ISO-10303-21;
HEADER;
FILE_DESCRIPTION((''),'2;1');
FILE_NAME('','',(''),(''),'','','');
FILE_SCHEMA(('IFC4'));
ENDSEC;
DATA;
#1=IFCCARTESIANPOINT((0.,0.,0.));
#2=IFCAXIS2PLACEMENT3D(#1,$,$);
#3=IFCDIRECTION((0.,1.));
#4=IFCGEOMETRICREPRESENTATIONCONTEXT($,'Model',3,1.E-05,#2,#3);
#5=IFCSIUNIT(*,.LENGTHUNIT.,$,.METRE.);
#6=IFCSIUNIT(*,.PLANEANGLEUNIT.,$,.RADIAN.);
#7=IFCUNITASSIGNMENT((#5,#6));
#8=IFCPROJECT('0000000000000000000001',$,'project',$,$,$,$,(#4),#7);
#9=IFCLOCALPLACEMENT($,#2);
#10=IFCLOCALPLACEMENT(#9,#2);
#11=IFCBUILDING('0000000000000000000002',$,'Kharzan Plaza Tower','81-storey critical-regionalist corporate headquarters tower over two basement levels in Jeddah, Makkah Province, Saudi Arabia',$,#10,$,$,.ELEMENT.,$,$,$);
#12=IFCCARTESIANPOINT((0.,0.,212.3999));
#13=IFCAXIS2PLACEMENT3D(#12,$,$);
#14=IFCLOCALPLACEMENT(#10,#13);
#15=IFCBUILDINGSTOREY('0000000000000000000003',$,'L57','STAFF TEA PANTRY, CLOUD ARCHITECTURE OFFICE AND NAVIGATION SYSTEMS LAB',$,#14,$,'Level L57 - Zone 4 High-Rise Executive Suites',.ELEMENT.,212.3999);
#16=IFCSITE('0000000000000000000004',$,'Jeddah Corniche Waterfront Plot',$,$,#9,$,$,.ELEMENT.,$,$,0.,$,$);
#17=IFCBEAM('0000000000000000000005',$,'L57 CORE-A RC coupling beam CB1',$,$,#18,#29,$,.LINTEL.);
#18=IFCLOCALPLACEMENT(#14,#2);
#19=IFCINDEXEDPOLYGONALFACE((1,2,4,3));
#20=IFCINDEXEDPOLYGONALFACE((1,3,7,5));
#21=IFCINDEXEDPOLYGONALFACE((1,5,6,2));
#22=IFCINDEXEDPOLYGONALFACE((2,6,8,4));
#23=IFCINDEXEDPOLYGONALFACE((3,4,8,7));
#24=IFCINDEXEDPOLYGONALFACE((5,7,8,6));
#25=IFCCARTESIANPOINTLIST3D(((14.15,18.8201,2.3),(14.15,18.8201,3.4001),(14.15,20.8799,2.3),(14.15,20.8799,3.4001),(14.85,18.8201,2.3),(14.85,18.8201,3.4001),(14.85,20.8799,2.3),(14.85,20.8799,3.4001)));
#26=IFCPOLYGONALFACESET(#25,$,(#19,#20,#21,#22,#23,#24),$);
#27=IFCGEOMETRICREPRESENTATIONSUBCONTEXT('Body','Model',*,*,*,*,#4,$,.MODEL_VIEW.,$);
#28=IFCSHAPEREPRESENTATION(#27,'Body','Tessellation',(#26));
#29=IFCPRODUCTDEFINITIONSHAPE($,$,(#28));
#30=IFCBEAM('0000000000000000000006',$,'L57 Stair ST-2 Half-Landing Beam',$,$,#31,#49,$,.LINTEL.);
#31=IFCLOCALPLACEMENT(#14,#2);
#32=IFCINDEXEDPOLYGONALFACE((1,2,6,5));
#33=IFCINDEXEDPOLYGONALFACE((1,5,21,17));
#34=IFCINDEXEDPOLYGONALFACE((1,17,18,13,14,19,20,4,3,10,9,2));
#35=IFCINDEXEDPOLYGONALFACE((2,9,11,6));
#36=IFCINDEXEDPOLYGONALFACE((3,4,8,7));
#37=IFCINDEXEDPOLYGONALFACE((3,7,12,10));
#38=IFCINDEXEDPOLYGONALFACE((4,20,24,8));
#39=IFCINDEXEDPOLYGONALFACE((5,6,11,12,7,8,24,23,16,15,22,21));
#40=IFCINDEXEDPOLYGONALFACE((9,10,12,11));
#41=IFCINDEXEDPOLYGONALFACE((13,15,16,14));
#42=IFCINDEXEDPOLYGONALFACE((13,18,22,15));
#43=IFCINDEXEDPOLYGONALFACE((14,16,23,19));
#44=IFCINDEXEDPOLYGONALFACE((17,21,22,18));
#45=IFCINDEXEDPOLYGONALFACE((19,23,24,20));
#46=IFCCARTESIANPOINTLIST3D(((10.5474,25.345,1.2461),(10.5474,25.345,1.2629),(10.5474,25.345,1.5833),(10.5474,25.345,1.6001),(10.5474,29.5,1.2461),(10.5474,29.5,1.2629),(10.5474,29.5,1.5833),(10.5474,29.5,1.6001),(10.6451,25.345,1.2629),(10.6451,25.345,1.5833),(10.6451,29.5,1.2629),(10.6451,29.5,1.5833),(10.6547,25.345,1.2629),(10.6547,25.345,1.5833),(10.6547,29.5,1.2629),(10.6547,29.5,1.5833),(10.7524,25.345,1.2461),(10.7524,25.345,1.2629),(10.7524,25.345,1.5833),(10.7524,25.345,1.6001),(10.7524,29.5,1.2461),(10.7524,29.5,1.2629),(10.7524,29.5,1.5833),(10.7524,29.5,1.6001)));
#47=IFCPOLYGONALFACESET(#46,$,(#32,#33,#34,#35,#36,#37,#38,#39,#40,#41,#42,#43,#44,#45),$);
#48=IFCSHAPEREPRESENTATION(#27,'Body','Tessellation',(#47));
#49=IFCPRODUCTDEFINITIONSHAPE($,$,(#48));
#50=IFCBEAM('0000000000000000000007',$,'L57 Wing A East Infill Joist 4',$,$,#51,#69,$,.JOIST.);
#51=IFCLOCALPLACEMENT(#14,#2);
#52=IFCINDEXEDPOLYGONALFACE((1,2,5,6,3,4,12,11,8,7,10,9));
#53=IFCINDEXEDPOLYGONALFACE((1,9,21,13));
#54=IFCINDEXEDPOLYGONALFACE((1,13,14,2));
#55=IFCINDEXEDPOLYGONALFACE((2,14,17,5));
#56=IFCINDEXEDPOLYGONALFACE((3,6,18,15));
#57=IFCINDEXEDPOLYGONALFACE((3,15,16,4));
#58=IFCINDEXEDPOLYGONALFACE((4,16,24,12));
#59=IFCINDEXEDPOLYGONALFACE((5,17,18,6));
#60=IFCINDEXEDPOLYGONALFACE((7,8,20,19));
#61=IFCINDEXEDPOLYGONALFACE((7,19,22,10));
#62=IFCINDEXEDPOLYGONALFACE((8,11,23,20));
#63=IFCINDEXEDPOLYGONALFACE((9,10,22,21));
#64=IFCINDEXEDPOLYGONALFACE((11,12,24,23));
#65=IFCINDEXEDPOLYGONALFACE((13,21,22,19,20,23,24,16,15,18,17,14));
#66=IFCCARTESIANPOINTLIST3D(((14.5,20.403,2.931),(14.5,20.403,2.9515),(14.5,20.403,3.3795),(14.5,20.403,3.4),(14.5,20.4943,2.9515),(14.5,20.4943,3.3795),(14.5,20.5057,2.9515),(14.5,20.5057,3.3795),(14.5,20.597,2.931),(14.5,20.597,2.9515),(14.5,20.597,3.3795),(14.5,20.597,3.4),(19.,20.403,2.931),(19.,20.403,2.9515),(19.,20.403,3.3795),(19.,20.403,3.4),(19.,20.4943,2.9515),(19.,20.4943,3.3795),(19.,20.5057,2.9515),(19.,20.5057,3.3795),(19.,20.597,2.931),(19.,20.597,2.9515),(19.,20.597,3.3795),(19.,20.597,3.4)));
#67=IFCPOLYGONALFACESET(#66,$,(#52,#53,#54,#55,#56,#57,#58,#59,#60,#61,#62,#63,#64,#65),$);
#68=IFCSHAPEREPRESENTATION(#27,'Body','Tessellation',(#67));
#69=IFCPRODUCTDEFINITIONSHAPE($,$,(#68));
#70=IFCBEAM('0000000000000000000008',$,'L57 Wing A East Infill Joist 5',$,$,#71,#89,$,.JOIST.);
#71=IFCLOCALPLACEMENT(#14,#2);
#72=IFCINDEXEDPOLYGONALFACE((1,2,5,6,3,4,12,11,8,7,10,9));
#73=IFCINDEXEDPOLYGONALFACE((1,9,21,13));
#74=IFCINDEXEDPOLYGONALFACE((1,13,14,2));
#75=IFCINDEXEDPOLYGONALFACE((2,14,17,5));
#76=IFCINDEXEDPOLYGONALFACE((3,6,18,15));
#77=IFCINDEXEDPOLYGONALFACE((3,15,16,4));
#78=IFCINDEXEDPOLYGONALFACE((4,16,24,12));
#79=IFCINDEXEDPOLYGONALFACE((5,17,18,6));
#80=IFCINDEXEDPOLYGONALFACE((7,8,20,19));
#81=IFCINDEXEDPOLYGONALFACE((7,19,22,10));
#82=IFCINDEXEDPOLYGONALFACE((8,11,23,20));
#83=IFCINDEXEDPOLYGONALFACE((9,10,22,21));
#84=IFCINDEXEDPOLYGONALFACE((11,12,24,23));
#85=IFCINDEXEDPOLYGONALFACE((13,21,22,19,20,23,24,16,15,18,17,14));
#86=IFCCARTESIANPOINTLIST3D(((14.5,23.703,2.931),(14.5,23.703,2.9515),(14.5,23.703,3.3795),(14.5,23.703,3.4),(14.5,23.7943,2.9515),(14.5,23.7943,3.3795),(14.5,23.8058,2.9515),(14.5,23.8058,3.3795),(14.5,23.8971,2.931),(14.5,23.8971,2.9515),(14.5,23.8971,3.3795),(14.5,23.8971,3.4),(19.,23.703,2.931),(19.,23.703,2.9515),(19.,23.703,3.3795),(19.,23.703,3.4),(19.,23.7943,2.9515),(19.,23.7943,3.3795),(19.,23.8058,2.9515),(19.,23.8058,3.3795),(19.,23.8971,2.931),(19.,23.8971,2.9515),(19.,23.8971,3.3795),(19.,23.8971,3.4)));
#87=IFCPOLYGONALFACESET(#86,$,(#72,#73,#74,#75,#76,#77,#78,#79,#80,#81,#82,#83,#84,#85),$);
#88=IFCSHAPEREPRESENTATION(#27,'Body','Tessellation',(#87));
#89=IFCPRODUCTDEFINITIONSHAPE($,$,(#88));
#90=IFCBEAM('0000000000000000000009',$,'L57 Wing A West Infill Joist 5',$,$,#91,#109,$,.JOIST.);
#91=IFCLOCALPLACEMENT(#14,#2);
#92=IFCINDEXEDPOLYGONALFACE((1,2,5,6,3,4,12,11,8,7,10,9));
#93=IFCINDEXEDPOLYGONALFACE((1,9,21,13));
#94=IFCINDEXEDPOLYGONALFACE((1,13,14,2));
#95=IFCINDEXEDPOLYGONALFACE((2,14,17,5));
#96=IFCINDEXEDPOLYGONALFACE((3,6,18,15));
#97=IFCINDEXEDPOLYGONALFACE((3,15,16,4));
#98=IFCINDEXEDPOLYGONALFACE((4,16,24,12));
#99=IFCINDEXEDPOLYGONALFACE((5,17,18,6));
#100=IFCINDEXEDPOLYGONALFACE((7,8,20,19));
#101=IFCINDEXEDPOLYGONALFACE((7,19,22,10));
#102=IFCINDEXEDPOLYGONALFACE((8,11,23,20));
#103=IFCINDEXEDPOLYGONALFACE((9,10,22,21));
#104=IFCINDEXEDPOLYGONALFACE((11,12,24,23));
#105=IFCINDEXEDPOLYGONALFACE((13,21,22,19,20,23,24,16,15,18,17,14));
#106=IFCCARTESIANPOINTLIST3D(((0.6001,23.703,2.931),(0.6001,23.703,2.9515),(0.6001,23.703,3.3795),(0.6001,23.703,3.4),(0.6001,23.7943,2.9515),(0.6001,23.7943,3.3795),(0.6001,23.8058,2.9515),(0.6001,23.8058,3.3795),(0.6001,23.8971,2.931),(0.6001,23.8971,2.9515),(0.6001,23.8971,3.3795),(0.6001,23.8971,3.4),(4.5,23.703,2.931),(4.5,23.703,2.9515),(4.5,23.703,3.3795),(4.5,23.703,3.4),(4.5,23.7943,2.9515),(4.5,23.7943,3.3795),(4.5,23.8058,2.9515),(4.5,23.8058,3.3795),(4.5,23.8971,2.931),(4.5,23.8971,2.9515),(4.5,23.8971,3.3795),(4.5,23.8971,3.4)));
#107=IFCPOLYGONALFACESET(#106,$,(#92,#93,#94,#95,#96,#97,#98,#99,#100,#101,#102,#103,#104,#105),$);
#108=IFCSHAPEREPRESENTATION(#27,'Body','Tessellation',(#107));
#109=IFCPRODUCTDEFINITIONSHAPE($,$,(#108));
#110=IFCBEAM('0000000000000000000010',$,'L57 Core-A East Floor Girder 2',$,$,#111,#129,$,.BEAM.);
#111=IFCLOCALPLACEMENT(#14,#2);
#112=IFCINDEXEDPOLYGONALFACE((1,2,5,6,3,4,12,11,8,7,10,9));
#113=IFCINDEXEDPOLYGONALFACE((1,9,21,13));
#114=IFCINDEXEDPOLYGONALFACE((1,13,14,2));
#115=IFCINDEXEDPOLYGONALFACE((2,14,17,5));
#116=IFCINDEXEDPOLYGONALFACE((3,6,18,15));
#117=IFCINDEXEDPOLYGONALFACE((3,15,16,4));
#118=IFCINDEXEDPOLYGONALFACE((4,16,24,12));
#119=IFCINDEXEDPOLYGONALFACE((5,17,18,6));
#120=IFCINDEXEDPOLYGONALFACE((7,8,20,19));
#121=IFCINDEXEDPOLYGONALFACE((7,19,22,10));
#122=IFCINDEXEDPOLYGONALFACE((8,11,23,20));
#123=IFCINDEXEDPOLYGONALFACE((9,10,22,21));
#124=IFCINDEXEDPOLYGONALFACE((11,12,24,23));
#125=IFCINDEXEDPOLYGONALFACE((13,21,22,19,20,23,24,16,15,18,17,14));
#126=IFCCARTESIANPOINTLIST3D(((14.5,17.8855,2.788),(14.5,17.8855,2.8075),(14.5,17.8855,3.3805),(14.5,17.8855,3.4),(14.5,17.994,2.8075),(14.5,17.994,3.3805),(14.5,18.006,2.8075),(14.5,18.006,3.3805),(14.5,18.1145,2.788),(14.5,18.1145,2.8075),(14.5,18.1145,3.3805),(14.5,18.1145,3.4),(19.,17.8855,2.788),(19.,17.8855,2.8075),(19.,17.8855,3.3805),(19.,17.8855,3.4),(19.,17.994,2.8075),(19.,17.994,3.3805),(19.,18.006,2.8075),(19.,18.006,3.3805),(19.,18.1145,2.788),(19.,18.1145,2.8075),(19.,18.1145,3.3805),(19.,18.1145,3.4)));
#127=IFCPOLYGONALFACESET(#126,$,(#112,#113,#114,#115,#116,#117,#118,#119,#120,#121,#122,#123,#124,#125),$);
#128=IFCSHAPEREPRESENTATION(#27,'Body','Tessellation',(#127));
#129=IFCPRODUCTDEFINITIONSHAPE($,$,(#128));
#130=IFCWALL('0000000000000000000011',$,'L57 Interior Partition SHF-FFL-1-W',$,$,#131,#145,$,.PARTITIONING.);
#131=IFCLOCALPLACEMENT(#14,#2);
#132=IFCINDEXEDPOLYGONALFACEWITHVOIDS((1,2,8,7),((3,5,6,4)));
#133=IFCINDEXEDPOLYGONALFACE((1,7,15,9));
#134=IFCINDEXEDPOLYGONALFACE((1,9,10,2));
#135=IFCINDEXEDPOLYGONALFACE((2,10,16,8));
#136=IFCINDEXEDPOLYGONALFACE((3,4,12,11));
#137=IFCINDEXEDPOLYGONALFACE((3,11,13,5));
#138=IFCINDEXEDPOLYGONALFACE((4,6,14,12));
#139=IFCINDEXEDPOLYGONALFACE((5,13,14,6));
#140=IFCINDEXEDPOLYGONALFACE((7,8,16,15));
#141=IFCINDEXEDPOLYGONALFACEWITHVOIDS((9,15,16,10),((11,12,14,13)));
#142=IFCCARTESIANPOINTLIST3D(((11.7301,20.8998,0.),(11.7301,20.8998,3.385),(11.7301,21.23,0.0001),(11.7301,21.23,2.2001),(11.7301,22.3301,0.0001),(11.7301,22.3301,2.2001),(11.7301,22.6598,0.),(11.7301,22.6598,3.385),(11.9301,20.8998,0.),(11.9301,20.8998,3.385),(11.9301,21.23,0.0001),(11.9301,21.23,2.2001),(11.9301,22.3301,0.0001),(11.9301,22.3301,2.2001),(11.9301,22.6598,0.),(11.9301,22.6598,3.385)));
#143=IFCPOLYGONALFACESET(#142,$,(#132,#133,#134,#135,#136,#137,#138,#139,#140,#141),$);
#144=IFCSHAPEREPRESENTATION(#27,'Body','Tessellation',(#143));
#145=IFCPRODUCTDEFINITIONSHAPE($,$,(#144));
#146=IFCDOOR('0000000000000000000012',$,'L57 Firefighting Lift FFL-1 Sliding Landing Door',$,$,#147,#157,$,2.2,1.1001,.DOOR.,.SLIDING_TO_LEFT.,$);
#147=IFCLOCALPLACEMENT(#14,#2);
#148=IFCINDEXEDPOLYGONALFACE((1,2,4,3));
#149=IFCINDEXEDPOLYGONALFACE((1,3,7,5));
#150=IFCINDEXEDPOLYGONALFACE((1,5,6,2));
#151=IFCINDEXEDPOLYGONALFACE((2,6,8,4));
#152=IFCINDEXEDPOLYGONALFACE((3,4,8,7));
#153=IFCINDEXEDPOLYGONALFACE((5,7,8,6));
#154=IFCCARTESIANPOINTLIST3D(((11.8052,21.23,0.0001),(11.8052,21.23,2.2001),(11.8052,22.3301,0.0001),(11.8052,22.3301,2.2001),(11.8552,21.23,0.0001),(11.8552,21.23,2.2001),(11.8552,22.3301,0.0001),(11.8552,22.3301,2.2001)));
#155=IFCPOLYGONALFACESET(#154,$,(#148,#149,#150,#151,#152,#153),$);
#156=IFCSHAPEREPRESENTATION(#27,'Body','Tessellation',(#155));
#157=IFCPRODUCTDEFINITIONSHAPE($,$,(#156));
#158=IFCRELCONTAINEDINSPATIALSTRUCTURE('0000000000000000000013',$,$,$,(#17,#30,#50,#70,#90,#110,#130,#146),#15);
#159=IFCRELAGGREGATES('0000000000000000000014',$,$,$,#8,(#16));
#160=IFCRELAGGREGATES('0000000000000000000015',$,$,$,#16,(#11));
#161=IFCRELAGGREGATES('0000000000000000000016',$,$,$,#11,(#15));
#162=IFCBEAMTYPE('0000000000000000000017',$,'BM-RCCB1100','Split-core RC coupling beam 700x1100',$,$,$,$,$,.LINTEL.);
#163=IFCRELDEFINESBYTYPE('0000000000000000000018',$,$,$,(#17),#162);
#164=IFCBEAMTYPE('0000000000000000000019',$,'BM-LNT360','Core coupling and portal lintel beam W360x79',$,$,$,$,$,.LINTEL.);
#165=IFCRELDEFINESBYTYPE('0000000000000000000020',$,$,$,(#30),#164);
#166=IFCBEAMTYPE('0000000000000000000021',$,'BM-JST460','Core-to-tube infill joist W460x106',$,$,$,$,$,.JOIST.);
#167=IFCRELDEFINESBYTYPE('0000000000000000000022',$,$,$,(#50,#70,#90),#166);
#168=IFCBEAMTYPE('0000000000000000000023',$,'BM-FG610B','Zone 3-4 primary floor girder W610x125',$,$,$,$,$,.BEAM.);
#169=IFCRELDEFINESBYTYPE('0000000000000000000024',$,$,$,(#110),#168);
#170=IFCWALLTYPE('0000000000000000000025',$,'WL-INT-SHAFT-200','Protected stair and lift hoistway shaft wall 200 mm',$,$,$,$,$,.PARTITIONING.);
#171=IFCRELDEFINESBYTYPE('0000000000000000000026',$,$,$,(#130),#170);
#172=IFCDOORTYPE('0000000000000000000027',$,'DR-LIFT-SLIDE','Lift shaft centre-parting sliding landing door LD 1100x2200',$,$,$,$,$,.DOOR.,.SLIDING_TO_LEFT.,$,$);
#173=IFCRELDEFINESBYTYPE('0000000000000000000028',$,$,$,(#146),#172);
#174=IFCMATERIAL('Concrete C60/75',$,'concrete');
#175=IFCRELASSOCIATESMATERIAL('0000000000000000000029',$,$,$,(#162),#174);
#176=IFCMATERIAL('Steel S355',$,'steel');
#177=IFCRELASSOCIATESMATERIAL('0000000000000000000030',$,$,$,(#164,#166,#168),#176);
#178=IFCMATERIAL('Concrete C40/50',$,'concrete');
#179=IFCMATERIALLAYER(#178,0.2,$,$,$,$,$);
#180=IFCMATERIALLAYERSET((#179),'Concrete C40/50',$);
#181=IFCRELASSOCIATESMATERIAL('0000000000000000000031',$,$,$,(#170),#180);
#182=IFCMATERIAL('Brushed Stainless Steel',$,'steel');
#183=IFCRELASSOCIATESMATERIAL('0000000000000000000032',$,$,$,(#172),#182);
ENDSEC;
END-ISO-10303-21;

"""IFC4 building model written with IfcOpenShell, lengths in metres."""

from ifc_helpers import new_model, si_unit, direction, frame, frame_2d, origin, origin_2d, place, context, subcontext, project, spatial, rectangle, i_section, extrude, source, transform, mapped, material, layer, layer_set, material_profile, profile_set, type_object, element, fill, save


model = new_model("IFC4")

# Units and contexts
model_context = context("Model", 3, precision=1e-05, world=origin(), true_north=direction((0.0, 1.0)))
body_context = subcontext(model_context, "Body", "Model", "MODEL_VIEW")
ifc_project = project(units=[si_unit("LENGTHUNIT", "METRE"), si_unit("PLANEANGLEUNIT", "RADIAN")], contexts=[model_context])

# Site, building, storey
site_placement = place(None, origin())
site = spatial("IfcSite", under=ifc_project, at=site_placement, Name="Jeddah Corniche Waterfront Plot", CompositionType="ELEMENT", RefElevation=0.0)
building_placement = place(site_placement, origin())
building = spatial("IfcBuilding", under=site, at=building_placement, Name="Kharzan Plaza Tower", Description="81-storey critical-regionalist corporate headquarters tower over two basement levels in Jeddah, Makkah Province, Saudi Arabia", CompositionType="ELEMENT")
storey_placement = place(building_placement, frame((0.0, 0.0, 212.3999)))
storey = spatial("IfcBuildingStorey", under=building, at=storey_placement, Name="L57", Description="STAFF TEA PANTRY, CLOUD ARCHITECTURE OFFICE AND NAVIGATION SYSTEMS LAB", LongName="Level L57 - Zone 4 High-Rise Executive Suites", CompositionType="ELEMENT", Elevation=212.3999)

# Beams
ifc_material_1 = material(Name="Concrete C60/75", Category="concrete")
ifc_material_profile_1 = material_profile(ifc_material_1, rectangle(XDim=0.7, YDim=1.1001, at=origin_2d()), Name="RC-CB1100x700")
ifc_profile_set_1 = profile_set([ifc_material_profile_1], Name="Concrete C60/75")
beam_type_1 = type_object("IfcBeamType", Name="BM-RCCB1100", Description="Split-core RC coupling beam 700x1100", PredefinedType="LINTEL", material=ifc_profile_set_1)
shared_shape_1 = source(origin(), body_context, "Body", "SweptSolid", [
    extrude(rectangle(XDim=0.7, YDim=1.1001, at=origin_2d()), origin(), (0.0, 0.0, 1.0), 2.0598),
])
beam_1_placement = place(storey_placement, frame((14.5, 18.8201, 2.8501), z_axis=(0.0, 1.0, 0.0), x_axis=(-1.0, 0.0, 0.0)))
element("IfcBeam", 1, at=beam_1_placement, inside=storey, type_object=beam_type_1, Name="L57 CORE-A RC coupling beam CB1", PredefinedType="LINTEL", context=body_context, shape_type="MappedRepresentation", body=[
    mapped(shared_shape_1, transform((0.0, 0.0, 0.0), x_axis=(1.0, 0.0, 0.0), y_axis=(0.0, 1.0, 0.0), z_axis=(0.0, 0.0, 1.0))),
])
ifc_material_2 = material(Name="Steel S355", Category="steel")
ifc_material_profile_2 = material_profile(ifc_material_2, i_section(OverallWidth=0.2051, OverallDepth=0.354, WebThickness=0.0095, FlangeThickness=0.0168, at=origin_2d()), Name="W360x79")
ifc_profile_set_2 = profile_set([ifc_material_profile_2], Name="Steel S355")
beam_type_2 = type_object("IfcBeamType", Name="BM-LNT360", Description="Core coupling and portal lintel beam W360x79", PredefinedType="LINTEL", material=ifc_profile_set_2)
shared_shape_2 = source(origin(), body_context, "Body", "SweptSolid", [
    extrude(i_section(OverallWidth=0.2051, OverallDepth=0.354, WebThickness=0.0095, FlangeThickness=0.0168, at=origin_2d()), origin(), (0.0, 0.0, 1.0), 4.155),
])
beam_2_placement = place(storey_placement, frame((10.6499, 25.345, 1.4231), z_axis=(0.0, 1.0, 0.0), x_axis=(-1.0, 0.0, 0.0)))
element("IfcBeam", 2, at=beam_2_placement, inside=storey, type_object=beam_type_2, Name="L57 Stair ST-2 Half-Landing Beam", PredefinedType="LINTEL", context=body_context, shape_type="MappedRepresentation", body=[
    mapped(shared_shape_2, transform((0.0, 0.0, 0.0), x_axis=(1.0, 0.0, 0.0), y_axis=(0.0, 1.0, 0.0), z_axis=(0.0, 0.0, 1.0))),
])
ifc_material_profile_3 = material_profile(ifc_material_2, i_section(OverallWidth=0.1941, OverallDepth=0.469, WebThickness=0.0115, FlangeThickness=0.0205, at=origin_2d()), Name="W460x106")
ifc_profile_set_3 = profile_set([ifc_material_profile_3], Name="Steel S355")
beam_type_3 = type_object("IfcBeamType", Name="BM-JST460", Description="Core-to-tube infill joist W460x106", PredefinedType="JOIST", material=ifc_profile_set_3)
shared_shape_3 = source(origin(), body_context, "Body", "SweptSolid", [
    extrude(i_section(OverallWidth=0.1941, OverallDepth=0.469, WebThickness=0.0115, FlangeThickness=0.0205, at=origin_2d()), origin(), (0.0, 0.0, 1.0), 4.5),
])
for number, where, z_axis, x_axis, name in (
    (3, (14.5, 20.5, 3.1655), (1.0, 0.0, 0.0), (0.0, 1.0, 0.0), "L57 Wing A East Infill Joist 4"),
    (4, (14.5, 23.8, 3.1655), (1.0, 0.0, 0.0), (0.0, 1.0, 0.0), "L57 Wing A East Infill Joist 5"),
):
    element("IfcBeam", number, at=place(storey_placement, frame(where, z_axis=z_axis, x_axis=x_axis)), inside=storey, type_object=beam_type_3, Name=name, PredefinedType="JOIST", context=body_context, shape_type="MappedRepresentation", body=[
        mapped(shared_shape_3, transform((0.0, 0.0, 0.0), x_axis=(1.0, 0.0, 0.0), y_axis=(0.0, 1.0, 0.0), z_axis=(0.0, 0.0, 1.0))),
    ])
shared_shape_4 = source(origin(), body_context, "Body", "SweptSolid", [
    extrude(i_section(OverallWidth=0.1941, OverallDepth=0.469, WebThickness=0.0115, FlangeThickness=0.0205, at=origin_2d()), origin(), (0.0, 0.0, 1.0), 3.8999),
])
beam_3_placement = place(storey_placement, frame((0.6001, 23.8, 3.1655), z_axis=(1.0, 0.0, 0.0), x_axis=(0.0, 1.0, 0.0)))
element("IfcBeam", 5, at=beam_3_placement, inside=storey, type_object=beam_type_3, Name="L57 Wing A West Infill Joist 5", PredefinedType="JOIST", context=body_context, shape_type="MappedRepresentation", body=[
    mapped(shared_shape_4, transform((0.0, 0.0, 0.0), x_axis=(1.0, 0.0, 0.0), y_axis=(0.0, 1.0, 0.0), z_axis=(0.0, 0.0, 1.0))),
])
ifc_material_profile_4 = material_profile(ifc_material_2, i_section(OverallWidth=0.229, OverallDepth=0.6121, WebThickness=0.012, FlangeThickness=0.0195, at=origin_2d()), Name="W610x125")
ifc_profile_set_4 = profile_set([ifc_material_profile_4], Name="Steel S355")
beam_type_4 = type_object("IfcBeamType", Name="BM-FG610B", Description="Zone 3-4 primary floor girder W610x125", PredefinedType="BEAM", material=ifc_profile_set_4)
shared_shape_5 = source(origin(), body_context, "Body", "SweptSolid", [
    extrude(i_section(OverallWidth=0.229, OverallDepth=0.6121, WebThickness=0.012, FlangeThickness=0.0195, at=origin_2d()), origin(), (0.0, 0.0, 1.0), 4.5),
])
beam_4_placement = place(storey_placement, frame((14.5, 18.0, 3.094), z_axis=(1.0, 0.0, 0.0), x_axis=(0.0, 1.0, 0.0)))
element("IfcBeam", 6, at=beam_4_placement, inside=storey, type_object=beam_type_4, Name="L57 Core-A East Floor Girder 2", PredefinedType="BEAM", context=body_context, shape_type="MappedRepresentation", body=[
    mapped(shared_shape_5, transform((0.0, 0.0, 0.0), x_axis=(1.0, 0.0, 0.0), y_axis=(0.0, 1.0, 0.0), z_axis=(0.0, 0.0, 1.0))),
])

# Wall, opening, door
ifc_material_3 = material(Name="Concrete C40/50", Category="concrete")
ifc_layer_1 = layer(ifc_material_3, 0.2)
ifc_layer_set_1 = layer_set([ifc_layer_1], Name="Concrete C40/50")
wall_type_1 = type_object("IfcWallType", Name="WL-INT-SHAFT-200", Description="Protected stair and lift hoistway shaft wall 200 mm", PredefinedType="PARTITIONING", material=ifc_layer_set_1)
wall_1_placement = place(storey_placement, frame((11.8301, 20.8999, 0.0), z_axis=(0.0, 0.0, 1.0), x_axis=(0.0, 1.0, 0.0)))
wall_1 = element("IfcWall", 7, at=wall_1_placement, inside=storey, type_object=wall_type_1, Name="L57 Interior Partition SHF-FFL-1-W", PredefinedType="PARTITIONING", context=body_context, shape_type="SweptSolid", body=[
    extrude(rectangle(XDim=1.76, YDim=0.2, at=frame_2d((0.8799, 0.0))), origin(), (0.0, 0.0, 1.0), 3.385),
])
opening_1_placement = place(wall_1_placement, frame((0.3301, 0.0, 0.0)))
opening_1 = element("IfcOpeningElement", 8, at=opening_1_placement, cuts=wall_1, PredefinedType="OPENING", context=body_context, shape_type="SweptSolid", body=[
    extrude(rectangle(XDim=1.1001, YDim=2.2, at=frame_2d((0.55, 1.1001))), frame((0.0, 0.1099, 0.0), z_axis=(0.0, -1.0, 0.0), x_axis=(1.0, 0.0, 0.0)), (0.0, 0.0, 1.0), 0.22),
])
ifc_material_4 = material(Name="Brushed Stainless Steel", Category="steel")
door_type_1 = type_object("IfcDoorType", Name="DR-LIFT-SLIDE", Description="Lift shaft centre-parting sliding landing door LD 1100x2200", OperationType="SLIDING_TO_LEFT", PredefinedType="DOOR", material=ifc_material_4)
shared_shape_6 = source(origin(), body_context, "Body", "SweptSolid", [
    extrude(rectangle(XDim=1.1001, YDim=2.2, at=frame_2d((0.55, 1.1001))), frame((0.0, 0.0249, 0.0), z_axis=(0.0, -1.0, 0.0), x_axis=(1.0, 0.0, 0.0)), (0.0, 0.0, 1.0), 0.05),
])
door_1_placement = place(opening_1_placement, origin())
door_1 = element("IfcDoor", 9, at=door_1_placement, inside=storey, type_object=door_type_1, Name="L57 Firefighting Lift FFL-1 Sliding Landing Door", OperationType="SLIDING_TO_LEFT", OverallHeight=2.2, OverallWidth=1.1001, PredefinedType="DOOR", context=body_context, shape_type="MappedRepresentation", body=[
    mapped(shared_shape_6, transform((0.0, 0.0, 0.0), x_axis=(1.0, 0.0, 0.0), y_axis=(0.0, 1.0, 0.0), z_axis=(0.0, 0.0, 1.0))),
])
fill(opening_1, door_1)

save(model, "model.ifc")
